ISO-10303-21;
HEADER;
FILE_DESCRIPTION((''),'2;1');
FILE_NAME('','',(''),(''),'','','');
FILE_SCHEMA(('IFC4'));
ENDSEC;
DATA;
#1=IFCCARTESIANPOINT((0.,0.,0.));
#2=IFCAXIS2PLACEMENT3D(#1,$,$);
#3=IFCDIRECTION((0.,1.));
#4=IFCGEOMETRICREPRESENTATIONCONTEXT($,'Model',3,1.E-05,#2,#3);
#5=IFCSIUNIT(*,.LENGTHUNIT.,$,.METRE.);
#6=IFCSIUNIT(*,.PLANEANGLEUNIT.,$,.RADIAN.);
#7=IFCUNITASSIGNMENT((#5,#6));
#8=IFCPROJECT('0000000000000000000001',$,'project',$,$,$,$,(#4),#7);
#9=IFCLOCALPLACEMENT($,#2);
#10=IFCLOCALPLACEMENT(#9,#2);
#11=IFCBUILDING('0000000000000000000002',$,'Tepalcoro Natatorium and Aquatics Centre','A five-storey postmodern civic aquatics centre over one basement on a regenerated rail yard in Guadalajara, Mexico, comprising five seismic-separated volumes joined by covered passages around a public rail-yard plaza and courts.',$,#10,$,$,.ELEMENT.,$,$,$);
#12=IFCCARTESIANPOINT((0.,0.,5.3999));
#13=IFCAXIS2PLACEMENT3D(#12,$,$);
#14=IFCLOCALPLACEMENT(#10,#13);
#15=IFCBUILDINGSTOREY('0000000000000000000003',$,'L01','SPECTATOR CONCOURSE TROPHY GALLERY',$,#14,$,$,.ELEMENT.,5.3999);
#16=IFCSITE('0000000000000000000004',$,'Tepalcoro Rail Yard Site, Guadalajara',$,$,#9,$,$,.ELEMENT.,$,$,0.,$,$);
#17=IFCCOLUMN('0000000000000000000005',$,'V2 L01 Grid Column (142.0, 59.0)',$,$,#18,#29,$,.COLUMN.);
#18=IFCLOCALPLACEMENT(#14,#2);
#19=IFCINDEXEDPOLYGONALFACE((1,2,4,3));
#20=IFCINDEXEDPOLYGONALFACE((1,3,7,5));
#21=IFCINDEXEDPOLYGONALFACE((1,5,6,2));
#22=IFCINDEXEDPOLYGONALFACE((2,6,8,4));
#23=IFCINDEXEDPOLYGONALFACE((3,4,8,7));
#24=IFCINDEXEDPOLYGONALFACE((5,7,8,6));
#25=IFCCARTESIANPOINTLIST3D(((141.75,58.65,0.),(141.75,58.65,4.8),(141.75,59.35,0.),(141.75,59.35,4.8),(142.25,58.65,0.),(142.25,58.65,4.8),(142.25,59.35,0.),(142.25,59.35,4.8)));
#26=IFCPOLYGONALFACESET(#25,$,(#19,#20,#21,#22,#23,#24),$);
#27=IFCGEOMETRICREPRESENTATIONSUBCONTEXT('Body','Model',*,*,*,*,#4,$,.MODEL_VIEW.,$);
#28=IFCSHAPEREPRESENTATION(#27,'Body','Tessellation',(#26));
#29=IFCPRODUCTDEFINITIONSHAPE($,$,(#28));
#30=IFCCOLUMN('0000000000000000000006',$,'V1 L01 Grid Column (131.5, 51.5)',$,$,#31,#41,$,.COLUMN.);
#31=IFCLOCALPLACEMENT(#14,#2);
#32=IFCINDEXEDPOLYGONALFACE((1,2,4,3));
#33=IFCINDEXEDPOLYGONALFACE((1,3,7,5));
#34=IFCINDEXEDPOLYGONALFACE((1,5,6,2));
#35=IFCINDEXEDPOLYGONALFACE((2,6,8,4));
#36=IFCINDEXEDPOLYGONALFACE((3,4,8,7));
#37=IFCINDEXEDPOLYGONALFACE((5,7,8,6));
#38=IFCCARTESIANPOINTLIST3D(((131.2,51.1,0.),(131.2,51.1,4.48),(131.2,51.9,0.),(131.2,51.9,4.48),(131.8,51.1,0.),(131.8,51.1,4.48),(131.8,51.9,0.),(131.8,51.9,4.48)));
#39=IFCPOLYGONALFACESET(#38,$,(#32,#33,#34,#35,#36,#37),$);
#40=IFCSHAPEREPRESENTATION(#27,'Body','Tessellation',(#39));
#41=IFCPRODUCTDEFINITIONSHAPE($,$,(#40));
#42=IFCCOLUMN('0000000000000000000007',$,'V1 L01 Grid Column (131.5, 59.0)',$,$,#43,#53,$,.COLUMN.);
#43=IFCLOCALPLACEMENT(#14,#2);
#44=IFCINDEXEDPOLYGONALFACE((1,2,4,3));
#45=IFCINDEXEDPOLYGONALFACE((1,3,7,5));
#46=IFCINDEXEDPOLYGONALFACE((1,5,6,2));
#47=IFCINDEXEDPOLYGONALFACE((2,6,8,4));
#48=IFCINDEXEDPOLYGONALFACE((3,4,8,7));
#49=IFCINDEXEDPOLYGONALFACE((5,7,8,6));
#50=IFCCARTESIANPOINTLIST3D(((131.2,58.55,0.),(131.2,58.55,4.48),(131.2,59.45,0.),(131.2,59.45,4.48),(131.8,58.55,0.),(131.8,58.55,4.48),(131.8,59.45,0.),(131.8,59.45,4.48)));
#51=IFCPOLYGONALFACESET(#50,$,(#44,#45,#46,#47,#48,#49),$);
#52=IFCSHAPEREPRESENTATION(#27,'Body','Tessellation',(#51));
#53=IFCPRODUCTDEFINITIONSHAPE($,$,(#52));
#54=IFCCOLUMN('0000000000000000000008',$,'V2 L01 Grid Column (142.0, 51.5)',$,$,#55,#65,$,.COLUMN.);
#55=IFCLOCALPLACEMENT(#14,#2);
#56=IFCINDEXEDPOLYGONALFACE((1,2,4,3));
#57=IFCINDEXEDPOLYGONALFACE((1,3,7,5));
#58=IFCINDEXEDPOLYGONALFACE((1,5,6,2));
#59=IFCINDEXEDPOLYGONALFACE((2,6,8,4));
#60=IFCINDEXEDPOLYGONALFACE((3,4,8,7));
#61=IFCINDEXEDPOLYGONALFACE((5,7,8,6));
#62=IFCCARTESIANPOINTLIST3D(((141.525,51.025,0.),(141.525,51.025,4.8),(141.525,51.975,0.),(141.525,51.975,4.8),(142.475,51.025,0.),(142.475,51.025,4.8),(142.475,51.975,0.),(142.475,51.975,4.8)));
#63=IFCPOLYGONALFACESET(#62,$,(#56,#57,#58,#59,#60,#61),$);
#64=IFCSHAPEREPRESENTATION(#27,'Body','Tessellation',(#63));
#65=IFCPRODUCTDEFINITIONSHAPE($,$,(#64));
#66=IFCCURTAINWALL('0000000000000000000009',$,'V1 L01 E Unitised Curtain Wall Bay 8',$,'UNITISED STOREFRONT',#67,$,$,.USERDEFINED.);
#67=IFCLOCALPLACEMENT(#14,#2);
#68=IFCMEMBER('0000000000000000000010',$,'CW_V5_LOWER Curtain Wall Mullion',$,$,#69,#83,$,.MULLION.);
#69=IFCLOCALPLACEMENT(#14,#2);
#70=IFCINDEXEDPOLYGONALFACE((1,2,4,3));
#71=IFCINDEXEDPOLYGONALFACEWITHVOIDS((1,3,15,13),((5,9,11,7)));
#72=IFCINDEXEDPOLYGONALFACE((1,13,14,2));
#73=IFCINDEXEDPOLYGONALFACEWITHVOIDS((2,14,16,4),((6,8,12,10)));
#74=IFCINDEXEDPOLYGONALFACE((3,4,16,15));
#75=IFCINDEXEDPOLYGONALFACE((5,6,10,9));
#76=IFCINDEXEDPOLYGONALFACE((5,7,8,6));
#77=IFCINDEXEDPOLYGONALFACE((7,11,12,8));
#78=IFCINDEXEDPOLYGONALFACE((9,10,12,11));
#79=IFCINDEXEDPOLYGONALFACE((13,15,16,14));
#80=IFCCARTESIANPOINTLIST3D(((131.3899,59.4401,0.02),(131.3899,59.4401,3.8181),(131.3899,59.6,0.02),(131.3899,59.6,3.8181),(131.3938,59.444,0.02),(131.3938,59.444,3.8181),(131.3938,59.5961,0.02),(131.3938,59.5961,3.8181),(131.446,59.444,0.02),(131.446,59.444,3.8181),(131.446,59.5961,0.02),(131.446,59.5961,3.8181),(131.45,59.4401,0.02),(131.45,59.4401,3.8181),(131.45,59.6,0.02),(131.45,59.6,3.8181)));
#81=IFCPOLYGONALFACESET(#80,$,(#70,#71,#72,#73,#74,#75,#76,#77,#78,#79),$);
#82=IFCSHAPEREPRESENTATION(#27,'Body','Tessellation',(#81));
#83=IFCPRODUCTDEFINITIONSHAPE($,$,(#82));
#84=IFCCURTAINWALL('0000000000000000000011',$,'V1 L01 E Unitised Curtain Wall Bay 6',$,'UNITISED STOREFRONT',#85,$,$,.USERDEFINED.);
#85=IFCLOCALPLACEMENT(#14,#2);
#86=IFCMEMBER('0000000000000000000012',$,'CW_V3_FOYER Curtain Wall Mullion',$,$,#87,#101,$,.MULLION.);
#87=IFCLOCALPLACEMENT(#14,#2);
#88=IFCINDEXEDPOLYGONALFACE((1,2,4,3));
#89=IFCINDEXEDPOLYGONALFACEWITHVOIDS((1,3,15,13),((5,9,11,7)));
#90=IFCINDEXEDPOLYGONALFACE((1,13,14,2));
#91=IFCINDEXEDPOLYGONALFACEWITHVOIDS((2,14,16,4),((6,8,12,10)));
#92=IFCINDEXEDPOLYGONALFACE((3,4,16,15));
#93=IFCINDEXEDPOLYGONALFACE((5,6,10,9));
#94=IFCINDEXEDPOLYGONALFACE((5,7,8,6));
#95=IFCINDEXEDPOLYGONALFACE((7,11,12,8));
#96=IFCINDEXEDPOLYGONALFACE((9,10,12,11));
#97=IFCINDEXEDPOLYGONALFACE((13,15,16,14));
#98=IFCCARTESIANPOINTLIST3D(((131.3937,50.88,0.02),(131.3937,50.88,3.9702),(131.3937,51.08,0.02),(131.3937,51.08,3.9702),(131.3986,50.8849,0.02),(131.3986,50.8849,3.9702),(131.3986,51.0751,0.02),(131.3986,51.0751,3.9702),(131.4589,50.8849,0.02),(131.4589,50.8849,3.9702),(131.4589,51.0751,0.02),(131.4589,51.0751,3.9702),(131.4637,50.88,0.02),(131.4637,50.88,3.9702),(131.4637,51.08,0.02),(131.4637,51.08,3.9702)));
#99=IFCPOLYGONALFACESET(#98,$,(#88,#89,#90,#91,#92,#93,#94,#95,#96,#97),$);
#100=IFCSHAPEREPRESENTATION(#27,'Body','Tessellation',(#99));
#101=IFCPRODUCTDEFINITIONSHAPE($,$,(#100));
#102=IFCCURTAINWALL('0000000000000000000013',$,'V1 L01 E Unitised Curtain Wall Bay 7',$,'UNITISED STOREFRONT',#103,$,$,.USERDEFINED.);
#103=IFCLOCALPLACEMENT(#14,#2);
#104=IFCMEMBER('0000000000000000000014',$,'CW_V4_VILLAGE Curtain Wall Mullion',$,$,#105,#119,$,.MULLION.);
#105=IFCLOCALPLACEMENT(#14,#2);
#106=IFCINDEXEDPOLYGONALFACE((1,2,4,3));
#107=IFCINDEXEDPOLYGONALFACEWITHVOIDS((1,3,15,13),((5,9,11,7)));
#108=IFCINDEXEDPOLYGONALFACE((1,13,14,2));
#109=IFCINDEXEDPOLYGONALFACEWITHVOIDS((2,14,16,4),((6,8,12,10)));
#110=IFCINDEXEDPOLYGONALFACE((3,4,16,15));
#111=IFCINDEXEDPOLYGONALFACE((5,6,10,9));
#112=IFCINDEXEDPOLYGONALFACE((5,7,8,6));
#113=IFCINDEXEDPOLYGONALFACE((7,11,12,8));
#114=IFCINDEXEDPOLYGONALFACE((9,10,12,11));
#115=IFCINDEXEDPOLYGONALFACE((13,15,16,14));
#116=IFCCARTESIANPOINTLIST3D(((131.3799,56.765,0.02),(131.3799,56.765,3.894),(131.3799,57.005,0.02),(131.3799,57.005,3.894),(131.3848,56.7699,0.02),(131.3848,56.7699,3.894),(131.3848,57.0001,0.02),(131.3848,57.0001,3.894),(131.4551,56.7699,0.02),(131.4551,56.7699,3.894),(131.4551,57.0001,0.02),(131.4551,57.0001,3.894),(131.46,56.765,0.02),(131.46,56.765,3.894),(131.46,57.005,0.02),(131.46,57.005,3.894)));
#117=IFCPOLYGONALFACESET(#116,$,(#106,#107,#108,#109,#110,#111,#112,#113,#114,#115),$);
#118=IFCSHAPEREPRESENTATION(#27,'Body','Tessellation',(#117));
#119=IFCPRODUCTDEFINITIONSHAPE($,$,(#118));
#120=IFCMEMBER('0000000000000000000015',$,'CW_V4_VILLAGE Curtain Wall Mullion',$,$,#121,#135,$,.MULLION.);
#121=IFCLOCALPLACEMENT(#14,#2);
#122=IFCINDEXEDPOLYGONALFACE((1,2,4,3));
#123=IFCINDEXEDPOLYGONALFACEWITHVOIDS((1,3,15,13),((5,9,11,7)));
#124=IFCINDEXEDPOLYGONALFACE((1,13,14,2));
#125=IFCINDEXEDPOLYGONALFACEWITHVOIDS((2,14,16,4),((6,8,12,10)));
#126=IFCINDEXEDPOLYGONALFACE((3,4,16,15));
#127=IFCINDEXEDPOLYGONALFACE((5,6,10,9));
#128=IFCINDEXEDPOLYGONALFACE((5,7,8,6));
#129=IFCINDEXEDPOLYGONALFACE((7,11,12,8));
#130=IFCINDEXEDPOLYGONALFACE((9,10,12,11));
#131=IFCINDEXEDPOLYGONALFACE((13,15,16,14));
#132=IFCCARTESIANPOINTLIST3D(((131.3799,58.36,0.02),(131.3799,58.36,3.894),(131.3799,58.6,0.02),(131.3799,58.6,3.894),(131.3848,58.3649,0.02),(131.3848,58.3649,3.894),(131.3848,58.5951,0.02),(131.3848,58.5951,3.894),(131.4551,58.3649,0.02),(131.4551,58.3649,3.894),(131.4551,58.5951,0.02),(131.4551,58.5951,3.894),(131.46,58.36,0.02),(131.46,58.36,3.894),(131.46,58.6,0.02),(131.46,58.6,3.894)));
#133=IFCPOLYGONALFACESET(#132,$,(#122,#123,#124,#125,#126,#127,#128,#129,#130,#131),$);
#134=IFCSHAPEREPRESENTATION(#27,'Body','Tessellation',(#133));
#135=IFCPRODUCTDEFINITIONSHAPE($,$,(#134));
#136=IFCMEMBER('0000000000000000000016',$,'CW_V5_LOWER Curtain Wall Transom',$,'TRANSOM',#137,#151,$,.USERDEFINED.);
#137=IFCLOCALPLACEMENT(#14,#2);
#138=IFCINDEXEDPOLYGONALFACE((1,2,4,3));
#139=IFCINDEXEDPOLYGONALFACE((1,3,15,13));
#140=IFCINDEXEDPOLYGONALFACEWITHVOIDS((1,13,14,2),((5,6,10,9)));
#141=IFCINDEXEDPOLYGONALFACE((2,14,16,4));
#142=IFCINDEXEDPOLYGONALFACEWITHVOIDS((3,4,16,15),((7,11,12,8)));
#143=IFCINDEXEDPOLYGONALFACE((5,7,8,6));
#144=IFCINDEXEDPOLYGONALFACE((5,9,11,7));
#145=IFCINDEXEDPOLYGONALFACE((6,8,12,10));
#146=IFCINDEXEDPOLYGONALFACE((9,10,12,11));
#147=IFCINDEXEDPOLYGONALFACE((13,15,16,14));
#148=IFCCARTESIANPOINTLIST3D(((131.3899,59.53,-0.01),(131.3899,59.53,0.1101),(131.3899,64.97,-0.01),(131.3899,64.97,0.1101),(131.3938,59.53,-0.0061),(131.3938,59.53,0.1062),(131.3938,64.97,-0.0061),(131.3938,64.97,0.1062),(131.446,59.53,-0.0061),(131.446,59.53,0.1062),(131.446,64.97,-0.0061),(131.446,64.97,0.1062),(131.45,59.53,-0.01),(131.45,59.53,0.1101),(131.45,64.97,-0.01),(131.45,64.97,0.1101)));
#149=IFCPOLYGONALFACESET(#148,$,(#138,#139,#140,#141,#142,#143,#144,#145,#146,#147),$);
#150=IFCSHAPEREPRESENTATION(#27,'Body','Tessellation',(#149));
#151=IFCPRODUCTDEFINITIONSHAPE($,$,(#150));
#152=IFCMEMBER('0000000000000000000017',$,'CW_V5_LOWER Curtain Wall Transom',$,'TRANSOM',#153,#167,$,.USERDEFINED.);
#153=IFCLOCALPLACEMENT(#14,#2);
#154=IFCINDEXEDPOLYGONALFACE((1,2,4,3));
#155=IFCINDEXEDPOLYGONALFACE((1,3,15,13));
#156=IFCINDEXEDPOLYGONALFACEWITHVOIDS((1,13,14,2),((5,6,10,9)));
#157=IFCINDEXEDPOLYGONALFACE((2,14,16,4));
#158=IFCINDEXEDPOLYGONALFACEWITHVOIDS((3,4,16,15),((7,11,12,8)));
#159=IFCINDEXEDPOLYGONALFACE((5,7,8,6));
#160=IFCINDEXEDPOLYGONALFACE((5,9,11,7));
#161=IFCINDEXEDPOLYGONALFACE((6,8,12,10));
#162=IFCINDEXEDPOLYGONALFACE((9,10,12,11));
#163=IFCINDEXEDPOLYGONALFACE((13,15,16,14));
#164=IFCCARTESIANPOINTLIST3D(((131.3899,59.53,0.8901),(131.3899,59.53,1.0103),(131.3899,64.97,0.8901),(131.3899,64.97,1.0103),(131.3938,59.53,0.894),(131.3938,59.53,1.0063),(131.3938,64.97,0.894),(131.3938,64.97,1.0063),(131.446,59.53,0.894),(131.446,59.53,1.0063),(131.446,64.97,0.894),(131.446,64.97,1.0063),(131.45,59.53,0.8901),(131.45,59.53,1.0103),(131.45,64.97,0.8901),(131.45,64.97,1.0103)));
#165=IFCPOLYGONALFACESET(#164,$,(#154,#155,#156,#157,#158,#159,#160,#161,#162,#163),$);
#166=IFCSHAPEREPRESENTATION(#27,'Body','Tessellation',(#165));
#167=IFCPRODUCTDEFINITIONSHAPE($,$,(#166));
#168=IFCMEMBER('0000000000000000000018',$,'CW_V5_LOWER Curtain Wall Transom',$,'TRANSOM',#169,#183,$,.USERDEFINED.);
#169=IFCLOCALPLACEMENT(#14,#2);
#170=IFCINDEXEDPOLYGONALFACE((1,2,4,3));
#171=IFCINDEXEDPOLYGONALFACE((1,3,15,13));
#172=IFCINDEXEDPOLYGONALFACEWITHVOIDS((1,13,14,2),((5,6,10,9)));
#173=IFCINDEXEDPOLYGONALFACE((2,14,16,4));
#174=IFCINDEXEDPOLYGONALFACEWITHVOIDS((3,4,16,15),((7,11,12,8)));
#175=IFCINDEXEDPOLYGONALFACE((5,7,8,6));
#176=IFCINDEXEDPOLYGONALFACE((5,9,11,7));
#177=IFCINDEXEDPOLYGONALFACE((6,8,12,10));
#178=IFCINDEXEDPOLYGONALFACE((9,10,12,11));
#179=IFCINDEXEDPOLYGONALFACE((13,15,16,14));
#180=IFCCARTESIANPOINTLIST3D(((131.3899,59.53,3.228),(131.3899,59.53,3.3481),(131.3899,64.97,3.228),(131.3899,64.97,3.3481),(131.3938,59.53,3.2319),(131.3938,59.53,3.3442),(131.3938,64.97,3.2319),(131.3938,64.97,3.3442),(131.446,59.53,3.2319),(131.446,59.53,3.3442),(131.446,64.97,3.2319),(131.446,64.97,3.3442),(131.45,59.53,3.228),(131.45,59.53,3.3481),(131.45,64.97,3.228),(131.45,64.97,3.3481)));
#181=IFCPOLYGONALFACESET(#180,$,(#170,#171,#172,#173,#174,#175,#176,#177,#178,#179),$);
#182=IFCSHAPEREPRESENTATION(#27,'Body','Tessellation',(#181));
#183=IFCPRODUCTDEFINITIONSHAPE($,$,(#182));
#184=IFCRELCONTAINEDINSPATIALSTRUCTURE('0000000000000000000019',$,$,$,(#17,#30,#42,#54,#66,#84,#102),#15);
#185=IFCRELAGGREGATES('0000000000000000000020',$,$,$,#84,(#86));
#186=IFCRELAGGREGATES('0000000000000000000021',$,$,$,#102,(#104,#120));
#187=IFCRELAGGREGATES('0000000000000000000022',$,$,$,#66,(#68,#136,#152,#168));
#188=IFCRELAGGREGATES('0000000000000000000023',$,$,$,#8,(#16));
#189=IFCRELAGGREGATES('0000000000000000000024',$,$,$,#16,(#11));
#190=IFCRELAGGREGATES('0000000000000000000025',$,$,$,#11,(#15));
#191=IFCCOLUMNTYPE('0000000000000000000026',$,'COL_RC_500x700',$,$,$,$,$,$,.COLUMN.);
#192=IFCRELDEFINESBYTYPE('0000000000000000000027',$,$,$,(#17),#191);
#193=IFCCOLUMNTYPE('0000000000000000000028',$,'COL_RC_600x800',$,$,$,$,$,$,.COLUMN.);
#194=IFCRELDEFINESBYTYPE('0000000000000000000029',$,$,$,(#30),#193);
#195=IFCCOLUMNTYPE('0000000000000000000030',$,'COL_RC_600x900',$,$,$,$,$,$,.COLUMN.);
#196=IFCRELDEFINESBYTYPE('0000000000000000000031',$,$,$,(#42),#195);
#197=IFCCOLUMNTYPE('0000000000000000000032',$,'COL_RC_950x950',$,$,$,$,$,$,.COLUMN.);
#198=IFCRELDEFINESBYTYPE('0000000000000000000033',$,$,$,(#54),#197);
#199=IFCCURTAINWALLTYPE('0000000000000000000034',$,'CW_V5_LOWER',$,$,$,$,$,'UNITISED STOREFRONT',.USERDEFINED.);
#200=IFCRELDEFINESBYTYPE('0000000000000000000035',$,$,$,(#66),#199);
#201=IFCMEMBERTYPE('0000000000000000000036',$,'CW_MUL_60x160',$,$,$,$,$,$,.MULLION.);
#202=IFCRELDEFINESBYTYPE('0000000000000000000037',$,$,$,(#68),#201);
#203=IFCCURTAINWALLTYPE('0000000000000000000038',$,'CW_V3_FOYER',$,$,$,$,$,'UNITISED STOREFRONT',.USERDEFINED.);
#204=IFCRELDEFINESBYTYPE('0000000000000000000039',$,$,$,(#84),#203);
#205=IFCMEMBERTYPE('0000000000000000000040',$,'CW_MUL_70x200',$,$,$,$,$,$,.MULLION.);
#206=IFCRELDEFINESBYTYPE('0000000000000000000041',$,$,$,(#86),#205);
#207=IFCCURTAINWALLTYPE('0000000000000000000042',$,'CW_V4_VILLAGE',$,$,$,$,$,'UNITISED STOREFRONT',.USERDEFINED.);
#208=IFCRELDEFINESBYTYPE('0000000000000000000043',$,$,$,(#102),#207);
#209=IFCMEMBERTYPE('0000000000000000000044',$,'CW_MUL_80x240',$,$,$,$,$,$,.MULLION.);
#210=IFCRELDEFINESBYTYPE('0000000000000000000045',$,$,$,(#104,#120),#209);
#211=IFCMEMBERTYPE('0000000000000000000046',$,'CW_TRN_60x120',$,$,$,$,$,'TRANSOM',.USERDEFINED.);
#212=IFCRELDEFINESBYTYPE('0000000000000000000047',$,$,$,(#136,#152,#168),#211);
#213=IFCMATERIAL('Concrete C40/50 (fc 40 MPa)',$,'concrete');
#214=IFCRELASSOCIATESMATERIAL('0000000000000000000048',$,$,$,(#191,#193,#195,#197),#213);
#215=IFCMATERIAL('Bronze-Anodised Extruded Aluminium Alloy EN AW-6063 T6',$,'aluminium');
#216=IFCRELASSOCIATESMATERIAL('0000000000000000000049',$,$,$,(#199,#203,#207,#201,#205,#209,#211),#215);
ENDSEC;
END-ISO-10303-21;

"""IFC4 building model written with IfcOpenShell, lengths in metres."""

from ifc_helpers import new_model, si_unit, direction, frame, origin, origin_2d, place, context, subcontext, project, spatial, rectangle, hollow_rectangle, extrude, material, material_profile, profile_set, type_object, element, aggregate, save


model = new_model("IFC4")

# Units and contexts
model_context = context("Model", 3, precision=1e-05, world=origin(), true_north=direction((0.0, 1.0)))
body_context = subcontext(model_context, "Body", "Model", "MODEL_VIEW")
ifc_project = project(units=[si_unit("LENGTHUNIT", "METRE"), si_unit("PLANEANGLEUNIT", "RADIAN")], contexts=[model_context])

# Site, building, storey
site_placement = place(None, origin())
site = spatial("IfcSite", under=ifc_project, at=site_placement, Name="Tepalcoro Rail Yard Site, Guadalajara", CompositionType="ELEMENT", RefElevation=0.0)
building_placement = place(site_placement, origin())
building = spatial("IfcBuilding", under=site, at=building_placement, Name="Tepalcoro Natatorium and Aquatics Centre", Description="A five-storey postmodern civic aquatics centre over one basement on a regenerated rail yard in Guadalajara, Mexico, comprising five seismic-separated volumes joined by covered passages around a public rail-yard plaza and courts.", CompositionType="ELEMENT")
storey_placement = place(building_placement, frame((0.0, 0.0, 5.3999)))
storey = spatial("IfcBuildingStorey", under=building, at=storey_placement, Name="L01", Description="SPECTATOR CONCOURSE TROPHY GALLERY", CompositionType="ELEMENT", Elevation=5.3999)

# Columns
ifc_material_1 = material(Name="Concrete C40/50 (fc 40 MPa)", Category="concrete")
ifc_material_profile_1 = material_profile(ifc_material_1, rectangle(XDim=0.5, YDim=0.7, at=origin_2d()), Name="RC500x700")
ifc_profile_set_1 = profile_set([ifc_material_profile_1], Name="Concrete C40/50 (fc 40 MPa)")
column_type_1 = type_object("IfcColumnType", Name="COL_RC_500x700", PredefinedType="COLUMN", material=ifc_profile_set_1)
column_1_placement = place(storey_placement, frame((142.0, 59.0, 0.0), z_axis=(0.0, 0.0, 1.0), x_axis=(1.0, 0.0, 0.0)))
element("IfcColumn", 1, at=column_1_placement, inside=storey, type_object=column_type_1, Name="V2 L01 Grid Column (142.0, 59.0)", PredefinedType="COLUMN", context=body_context, shape_type="SweptSolid", body=[
    extrude(rectangle(XDim=0.5, YDim=0.7, at=origin_2d()), origin(), (0.0, 0.0, 1.0), 4.8),
])
ifc_material_profile_2 = material_profile(ifc_material_1, rectangle(XDim=0.6001, YDim=0.8, at=origin_2d()), Name="RC600x800")
ifc_profile_set_2 = profile_set([ifc_material_profile_2], Name="Concrete C40/50 (fc 40 MPa)")
column_type_2 = type_object("IfcColumnType", Name="COL_RC_600x800", PredefinedType="COLUMN", material=ifc_profile_set_2)
column_2_placement = place(storey_placement, frame((131.5, 51.5, 0.0), z_axis=(0.0, 0.0, 1.0), x_axis=(1.0, 0.0, 0.0)))
element("IfcColumn", 2, at=column_2_placement, inside=storey, type_object=column_type_2, Name="V1 L01 Grid Column (131.5, 51.5)", PredefinedType="COLUMN", context=body_context, shape_type="SweptSolid", body=[
    extrude(rectangle(XDim=0.6001, YDim=0.8, at=origin_2d()), origin(), (0.0, 0.0, 1.0), 4.48),
])
ifc_material_profile_3 = material_profile(ifc_material_1, rectangle(XDim=0.6001, YDim=0.8999, at=origin_2d()), Name="RC600x900")
ifc_profile_set_3 = profile_set([ifc_material_profile_3], Name="Concrete C40/50 (fc 40 MPa)")
column_type_3 = type_object("IfcColumnType", Name="COL_RC_600x900", PredefinedType="COLUMN", material=ifc_profile_set_3)
column_3_placement = place(storey_placement, frame((131.5, 59.0, 0.0), z_axis=(0.0, 0.0, 1.0), x_axis=(1.0, 0.0, 0.0)))
element("IfcColumn", 3, at=column_3_placement, inside=storey, type_object=column_type_3, Name="V1 L01 Grid Column (131.5, 59.0)", PredefinedType="COLUMN", context=body_context, shape_type="SweptSolid", body=[
    extrude(rectangle(XDim=0.6001, YDim=0.8999, at=origin_2d()), origin(), (0.0, 0.0, 1.0), 4.48),
])
ifc_material_profile_4 = material_profile(ifc_material_1, rectangle(XDim=0.95, YDim=0.95, at=origin_2d()), Name="RC950x950")
ifc_profile_set_4 = profile_set([ifc_material_profile_4], Name="Concrete C40/50 (fc 40 MPa)")
column_type_4 = type_object("IfcColumnType", Name="COL_RC_950x950", PredefinedType="COLUMN", material=ifc_profile_set_4)
column_4_placement = place(storey_placement, frame((142.0, 51.5, 0.0), z_axis=(0.0, 0.0, 1.0), x_axis=(1.0, 0.0, 0.0)))
element("IfcColumn", 4, at=column_4_placement, inside=storey, type_object=column_type_4, Name="V2 L01 Grid Column (142.0, 51.5)", PredefinedType="COLUMN", context=body_context, shape_type="SweptSolid", body=[
    extrude(rectangle(XDim=0.95, YDim=0.95, at=origin_2d()), origin(), (0.0, 0.0, 1.0), 4.8),
])

# Curtain walls, members
ifc_material_2 = material(Name="Bronze-Anodised Extruded Aluminium Alloy EN AW-6063 T6", Category="aluminium")
curtain_wall_type_1 = type_object("IfcCurtainWallType", Name="CW_V5_LOWER", ElementType="UNITISED STOREFRONT", PredefinedType="USERDEFINED", material=ifc_material_2)
curtain_wall_1_placement = place(storey_placement, origin())
curtain_wall_1 = element("IfcCurtainWall", 5, at=curtain_wall_1_placement, inside=storey, type_object=curtain_wall_type_1, Name="V1 L01 E Unitised Curtain Wall Bay 8", ObjectType="UNITISED STOREFRONT", PredefinedType="USERDEFINED")
ifc_material_profile_5 = material_profile(ifc_material_2, hollow_rectangle(XDim=0.0601, YDim=0.1599, WallThickness=0.0039, at=origin_2d()), Name="AL60X160X4")
ifc_profile_set_5 = profile_set([ifc_material_profile_5], Name="Bronze-Anodised Extruded Aluminium Alloy EN AW-6063 T6")
member_type_1 = type_object("IfcMemberType", Name="CW_MUL_60x160", PredefinedType="MULLION", material=ifc_profile_set_5)
member_1_placement = place(storey_placement, frame((131.4199, 59.52, 0.02), z_axis=(0.0, 0.0, 1.0), x_axis=(1.0, 0.0, 0.0)))
member_1 = element("IfcMember", 6, at=member_1_placement, type_object=member_type_1, Name="CW_V5_LOWER Curtain Wall Mullion", PredefinedType="MULLION", context=body_context, shape_type="SweptSolid", body=[
    extrude(hollow_rectangle(XDim=0.0601, YDim=0.1599, WallThickness=0.0039, at=origin_2d()), origin(), (0.0, 0.0, 1.0), 3.7981),
])
curtain_wall_type_2 = type_object("IfcCurtainWallType", Name="CW_V3_FOYER", ElementType="UNITISED STOREFRONT", PredefinedType="USERDEFINED", material=ifc_material_2)
curtain_wall_2_placement = place(storey_placement, origin())
curtain_wall_2 = element("IfcCurtainWall", 7, at=curtain_wall_2_placement, inside=storey, type_object=curtain_wall_type_2, Name="V1 L01 E Unitised Curtain Wall Bay 6", ObjectType="UNITISED STOREFRONT", PredefinedType="USERDEFINED")
ifc_material_profile_6 = material_profile(ifc_material_2, hollow_rectangle(XDim=0.0701, YDim=0.2, WallThickness=0.0049, at=origin_2d()), Name="AL70X200X5")
ifc_profile_set_6 = profile_set([ifc_material_profile_6], Name="Bronze-Anodised Extruded Aluminium Alloy EN AW-6063 T6")
member_type_2 = type_object("IfcMemberType", Name="CW_MUL_70x200", PredefinedType="MULLION", material=ifc_profile_set_6)
member_2_placement = place(storey_placement, frame((131.4287, 50.98, 0.02), z_axis=(0.0, 0.0, 1.0), x_axis=(1.0, 0.0, 0.0)))
member_2 = element("IfcMember", 8, at=member_2_placement, type_object=member_type_2, Name="CW_V3_FOYER Curtain Wall Mullion", PredefinedType="MULLION", context=body_context, shape_type="SweptSolid", body=[
    extrude(hollow_rectangle(XDim=0.0701, YDim=0.2, WallThickness=0.0049, at=origin_2d()), origin(), (0.0, 0.0, 1.0), 3.9502),
])

# Curtain wall, members
curtain_wall_type_3 = type_object("IfcCurtainWallType", Name="CW_V4_VILLAGE", ElementType="UNITISED STOREFRONT", PredefinedType="USERDEFINED", material=ifc_material_2)
curtain_wall_3_placement = place(storey_placement, origin())
curtain_wall_3 = element("IfcCurtainWall", 9, at=curtain_wall_3_placement, inside=storey, type_object=curtain_wall_type_3, Name="V1 L01 E Unitised Curtain Wall Bay 7", ObjectType="UNITISED STOREFRONT", PredefinedType="USERDEFINED")
ifc_material_profile_7 = material_profile(ifc_material_2, hollow_rectangle(XDim=0.0801, YDim=0.24, WallThickness=0.0049, at=origin_2d()), Name="AL80X240X5")
ifc_profile_set_7 = profile_set([ifc_material_profile_7], Name="Bronze-Anodised Extruded Aluminium Alloy EN AW-6063 T6")
member_type_3 = type_object("IfcMemberType", Name="CW_MUL_80x240", PredefinedType="MULLION", material=ifc_profile_set_7)
member_3_placement = place(storey_placement, frame((131.4199, 56.885, 0.02), z_axis=(0.0, 0.0, 1.0), x_axis=(1.0, 0.0, 0.0)))
member_3 = element("IfcMember", 10, at=member_3_placement, type_object=member_type_3, Name="CW_V4_VILLAGE Curtain Wall Mullion", PredefinedType="MULLION", context=body_context, shape_type="SweptSolid", body=[
    extrude(hollow_rectangle(XDim=0.0801, YDim=0.24, WallThickness=0.0049, at=origin_2d()), origin(), (0.0, 0.0, 1.0), 3.874),
])
member_4_placement = place(storey_placement, frame((131.4199, 58.48, 0.02), z_axis=(0.0, 0.0, 1.0), x_axis=(1.0, 0.0, 0.0)))
member_4 = element("IfcMember", 11, at=member_4_placement, type_object=member_type_3, Name="CW_V4_VILLAGE Curtain Wall Mullion", PredefinedType="MULLION", context=body_context, shape_type="SweptSolid", body=[
    extrude(hollow_rectangle(XDim=0.0801, YDim=0.24, WallThickness=0.0049, at=origin_2d()), origin(), (0.0, 0.0, 1.0), 3.874),
])

# Members
ifc_material_profile_8 = material_profile(ifc_material_2, hollow_rectangle(XDim=0.0601, YDim=0.1201, WallThickness=0.0039, at=origin_2d()), Name="AL60X120X4")
ifc_profile_set_8 = profile_set([ifc_material_profile_8], Name="Bronze-Anodised Extruded Aluminium Alloy EN AW-6063 T6")
member_type_4 = type_object("IfcMemberType", Name="CW_TRN_60x120", ElementType="TRANSOM", PredefinedType="USERDEFINED", material=ifc_profile_set_8)
member_5_placement = place(storey_placement, frame((131.4199, 59.53, 0.05), z_axis=(0.0, 1.0, 0.0), x_axis=(-1.0, 0.0, 0.0)))
member_5 = element("IfcMember", 12, at=member_5_placement, type_object=member_type_4, Name="CW_V5_LOWER Curtain Wall Transom", ObjectType="TRANSOM", PredefinedType="USERDEFINED", context=body_context, shape_type="SweptSolid", body=[
    extrude(hollow_rectangle(XDim=0.0601, YDim=0.1201, WallThickness=0.0039, at=origin_2d()), origin(), (0.0, 0.0, 1.0), 5.4399),
])
member_6_placement = place(storey_placement, frame((131.4199, 59.53, 0.9502), z_axis=(0.0, 1.0, 0.0), x_axis=(-1.0, 0.0, 0.0)))
member_6 = element("IfcMember", 13, at=member_6_placement, type_object=member_type_4, Name="CW_V5_LOWER Curtain Wall Transom", ObjectType="TRANSOM", PredefinedType="USERDEFINED", context=body_context, shape_type="SweptSolid", body=[
    extrude(hollow_rectangle(XDim=0.0601, YDim=0.1201, WallThickness=0.0039, at=origin_2d()), origin(), (0.0, 0.0, 1.0), 5.4399),
])
member_7_placement = place(storey_placement, frame((131.4199, 59.53, 3.2881), z_axis=(0.0, 1.0, 0.0), x_axis=(-1.0, 0.0, 0.0)))
member_7 = element("IfcMember", 14, at=member_7_placement, type_object=member_type_4, Name="CW_V5_LOWER Curtain Wall Transom", ObjectType="TRANSOM", PredefinedType="USERDEFINED", context=body_context, shape_type="SweptSolid", body=[
    extrude(hollow_rectangle(XDim=0.0601, YDim=0.1201, WallThickness=0.0039, at=origin_2d()), origin(), (0.0, 0.0, 1.0), 5.4399),
])

aggregate(curtain_wall_2, [member_2])
aggregate(curtain_wall_3, [member_3, member_4])
aggregate(curtain_wall_1, [member_1, member_5, member_6, member_7])

save(model, "model.ifc")
